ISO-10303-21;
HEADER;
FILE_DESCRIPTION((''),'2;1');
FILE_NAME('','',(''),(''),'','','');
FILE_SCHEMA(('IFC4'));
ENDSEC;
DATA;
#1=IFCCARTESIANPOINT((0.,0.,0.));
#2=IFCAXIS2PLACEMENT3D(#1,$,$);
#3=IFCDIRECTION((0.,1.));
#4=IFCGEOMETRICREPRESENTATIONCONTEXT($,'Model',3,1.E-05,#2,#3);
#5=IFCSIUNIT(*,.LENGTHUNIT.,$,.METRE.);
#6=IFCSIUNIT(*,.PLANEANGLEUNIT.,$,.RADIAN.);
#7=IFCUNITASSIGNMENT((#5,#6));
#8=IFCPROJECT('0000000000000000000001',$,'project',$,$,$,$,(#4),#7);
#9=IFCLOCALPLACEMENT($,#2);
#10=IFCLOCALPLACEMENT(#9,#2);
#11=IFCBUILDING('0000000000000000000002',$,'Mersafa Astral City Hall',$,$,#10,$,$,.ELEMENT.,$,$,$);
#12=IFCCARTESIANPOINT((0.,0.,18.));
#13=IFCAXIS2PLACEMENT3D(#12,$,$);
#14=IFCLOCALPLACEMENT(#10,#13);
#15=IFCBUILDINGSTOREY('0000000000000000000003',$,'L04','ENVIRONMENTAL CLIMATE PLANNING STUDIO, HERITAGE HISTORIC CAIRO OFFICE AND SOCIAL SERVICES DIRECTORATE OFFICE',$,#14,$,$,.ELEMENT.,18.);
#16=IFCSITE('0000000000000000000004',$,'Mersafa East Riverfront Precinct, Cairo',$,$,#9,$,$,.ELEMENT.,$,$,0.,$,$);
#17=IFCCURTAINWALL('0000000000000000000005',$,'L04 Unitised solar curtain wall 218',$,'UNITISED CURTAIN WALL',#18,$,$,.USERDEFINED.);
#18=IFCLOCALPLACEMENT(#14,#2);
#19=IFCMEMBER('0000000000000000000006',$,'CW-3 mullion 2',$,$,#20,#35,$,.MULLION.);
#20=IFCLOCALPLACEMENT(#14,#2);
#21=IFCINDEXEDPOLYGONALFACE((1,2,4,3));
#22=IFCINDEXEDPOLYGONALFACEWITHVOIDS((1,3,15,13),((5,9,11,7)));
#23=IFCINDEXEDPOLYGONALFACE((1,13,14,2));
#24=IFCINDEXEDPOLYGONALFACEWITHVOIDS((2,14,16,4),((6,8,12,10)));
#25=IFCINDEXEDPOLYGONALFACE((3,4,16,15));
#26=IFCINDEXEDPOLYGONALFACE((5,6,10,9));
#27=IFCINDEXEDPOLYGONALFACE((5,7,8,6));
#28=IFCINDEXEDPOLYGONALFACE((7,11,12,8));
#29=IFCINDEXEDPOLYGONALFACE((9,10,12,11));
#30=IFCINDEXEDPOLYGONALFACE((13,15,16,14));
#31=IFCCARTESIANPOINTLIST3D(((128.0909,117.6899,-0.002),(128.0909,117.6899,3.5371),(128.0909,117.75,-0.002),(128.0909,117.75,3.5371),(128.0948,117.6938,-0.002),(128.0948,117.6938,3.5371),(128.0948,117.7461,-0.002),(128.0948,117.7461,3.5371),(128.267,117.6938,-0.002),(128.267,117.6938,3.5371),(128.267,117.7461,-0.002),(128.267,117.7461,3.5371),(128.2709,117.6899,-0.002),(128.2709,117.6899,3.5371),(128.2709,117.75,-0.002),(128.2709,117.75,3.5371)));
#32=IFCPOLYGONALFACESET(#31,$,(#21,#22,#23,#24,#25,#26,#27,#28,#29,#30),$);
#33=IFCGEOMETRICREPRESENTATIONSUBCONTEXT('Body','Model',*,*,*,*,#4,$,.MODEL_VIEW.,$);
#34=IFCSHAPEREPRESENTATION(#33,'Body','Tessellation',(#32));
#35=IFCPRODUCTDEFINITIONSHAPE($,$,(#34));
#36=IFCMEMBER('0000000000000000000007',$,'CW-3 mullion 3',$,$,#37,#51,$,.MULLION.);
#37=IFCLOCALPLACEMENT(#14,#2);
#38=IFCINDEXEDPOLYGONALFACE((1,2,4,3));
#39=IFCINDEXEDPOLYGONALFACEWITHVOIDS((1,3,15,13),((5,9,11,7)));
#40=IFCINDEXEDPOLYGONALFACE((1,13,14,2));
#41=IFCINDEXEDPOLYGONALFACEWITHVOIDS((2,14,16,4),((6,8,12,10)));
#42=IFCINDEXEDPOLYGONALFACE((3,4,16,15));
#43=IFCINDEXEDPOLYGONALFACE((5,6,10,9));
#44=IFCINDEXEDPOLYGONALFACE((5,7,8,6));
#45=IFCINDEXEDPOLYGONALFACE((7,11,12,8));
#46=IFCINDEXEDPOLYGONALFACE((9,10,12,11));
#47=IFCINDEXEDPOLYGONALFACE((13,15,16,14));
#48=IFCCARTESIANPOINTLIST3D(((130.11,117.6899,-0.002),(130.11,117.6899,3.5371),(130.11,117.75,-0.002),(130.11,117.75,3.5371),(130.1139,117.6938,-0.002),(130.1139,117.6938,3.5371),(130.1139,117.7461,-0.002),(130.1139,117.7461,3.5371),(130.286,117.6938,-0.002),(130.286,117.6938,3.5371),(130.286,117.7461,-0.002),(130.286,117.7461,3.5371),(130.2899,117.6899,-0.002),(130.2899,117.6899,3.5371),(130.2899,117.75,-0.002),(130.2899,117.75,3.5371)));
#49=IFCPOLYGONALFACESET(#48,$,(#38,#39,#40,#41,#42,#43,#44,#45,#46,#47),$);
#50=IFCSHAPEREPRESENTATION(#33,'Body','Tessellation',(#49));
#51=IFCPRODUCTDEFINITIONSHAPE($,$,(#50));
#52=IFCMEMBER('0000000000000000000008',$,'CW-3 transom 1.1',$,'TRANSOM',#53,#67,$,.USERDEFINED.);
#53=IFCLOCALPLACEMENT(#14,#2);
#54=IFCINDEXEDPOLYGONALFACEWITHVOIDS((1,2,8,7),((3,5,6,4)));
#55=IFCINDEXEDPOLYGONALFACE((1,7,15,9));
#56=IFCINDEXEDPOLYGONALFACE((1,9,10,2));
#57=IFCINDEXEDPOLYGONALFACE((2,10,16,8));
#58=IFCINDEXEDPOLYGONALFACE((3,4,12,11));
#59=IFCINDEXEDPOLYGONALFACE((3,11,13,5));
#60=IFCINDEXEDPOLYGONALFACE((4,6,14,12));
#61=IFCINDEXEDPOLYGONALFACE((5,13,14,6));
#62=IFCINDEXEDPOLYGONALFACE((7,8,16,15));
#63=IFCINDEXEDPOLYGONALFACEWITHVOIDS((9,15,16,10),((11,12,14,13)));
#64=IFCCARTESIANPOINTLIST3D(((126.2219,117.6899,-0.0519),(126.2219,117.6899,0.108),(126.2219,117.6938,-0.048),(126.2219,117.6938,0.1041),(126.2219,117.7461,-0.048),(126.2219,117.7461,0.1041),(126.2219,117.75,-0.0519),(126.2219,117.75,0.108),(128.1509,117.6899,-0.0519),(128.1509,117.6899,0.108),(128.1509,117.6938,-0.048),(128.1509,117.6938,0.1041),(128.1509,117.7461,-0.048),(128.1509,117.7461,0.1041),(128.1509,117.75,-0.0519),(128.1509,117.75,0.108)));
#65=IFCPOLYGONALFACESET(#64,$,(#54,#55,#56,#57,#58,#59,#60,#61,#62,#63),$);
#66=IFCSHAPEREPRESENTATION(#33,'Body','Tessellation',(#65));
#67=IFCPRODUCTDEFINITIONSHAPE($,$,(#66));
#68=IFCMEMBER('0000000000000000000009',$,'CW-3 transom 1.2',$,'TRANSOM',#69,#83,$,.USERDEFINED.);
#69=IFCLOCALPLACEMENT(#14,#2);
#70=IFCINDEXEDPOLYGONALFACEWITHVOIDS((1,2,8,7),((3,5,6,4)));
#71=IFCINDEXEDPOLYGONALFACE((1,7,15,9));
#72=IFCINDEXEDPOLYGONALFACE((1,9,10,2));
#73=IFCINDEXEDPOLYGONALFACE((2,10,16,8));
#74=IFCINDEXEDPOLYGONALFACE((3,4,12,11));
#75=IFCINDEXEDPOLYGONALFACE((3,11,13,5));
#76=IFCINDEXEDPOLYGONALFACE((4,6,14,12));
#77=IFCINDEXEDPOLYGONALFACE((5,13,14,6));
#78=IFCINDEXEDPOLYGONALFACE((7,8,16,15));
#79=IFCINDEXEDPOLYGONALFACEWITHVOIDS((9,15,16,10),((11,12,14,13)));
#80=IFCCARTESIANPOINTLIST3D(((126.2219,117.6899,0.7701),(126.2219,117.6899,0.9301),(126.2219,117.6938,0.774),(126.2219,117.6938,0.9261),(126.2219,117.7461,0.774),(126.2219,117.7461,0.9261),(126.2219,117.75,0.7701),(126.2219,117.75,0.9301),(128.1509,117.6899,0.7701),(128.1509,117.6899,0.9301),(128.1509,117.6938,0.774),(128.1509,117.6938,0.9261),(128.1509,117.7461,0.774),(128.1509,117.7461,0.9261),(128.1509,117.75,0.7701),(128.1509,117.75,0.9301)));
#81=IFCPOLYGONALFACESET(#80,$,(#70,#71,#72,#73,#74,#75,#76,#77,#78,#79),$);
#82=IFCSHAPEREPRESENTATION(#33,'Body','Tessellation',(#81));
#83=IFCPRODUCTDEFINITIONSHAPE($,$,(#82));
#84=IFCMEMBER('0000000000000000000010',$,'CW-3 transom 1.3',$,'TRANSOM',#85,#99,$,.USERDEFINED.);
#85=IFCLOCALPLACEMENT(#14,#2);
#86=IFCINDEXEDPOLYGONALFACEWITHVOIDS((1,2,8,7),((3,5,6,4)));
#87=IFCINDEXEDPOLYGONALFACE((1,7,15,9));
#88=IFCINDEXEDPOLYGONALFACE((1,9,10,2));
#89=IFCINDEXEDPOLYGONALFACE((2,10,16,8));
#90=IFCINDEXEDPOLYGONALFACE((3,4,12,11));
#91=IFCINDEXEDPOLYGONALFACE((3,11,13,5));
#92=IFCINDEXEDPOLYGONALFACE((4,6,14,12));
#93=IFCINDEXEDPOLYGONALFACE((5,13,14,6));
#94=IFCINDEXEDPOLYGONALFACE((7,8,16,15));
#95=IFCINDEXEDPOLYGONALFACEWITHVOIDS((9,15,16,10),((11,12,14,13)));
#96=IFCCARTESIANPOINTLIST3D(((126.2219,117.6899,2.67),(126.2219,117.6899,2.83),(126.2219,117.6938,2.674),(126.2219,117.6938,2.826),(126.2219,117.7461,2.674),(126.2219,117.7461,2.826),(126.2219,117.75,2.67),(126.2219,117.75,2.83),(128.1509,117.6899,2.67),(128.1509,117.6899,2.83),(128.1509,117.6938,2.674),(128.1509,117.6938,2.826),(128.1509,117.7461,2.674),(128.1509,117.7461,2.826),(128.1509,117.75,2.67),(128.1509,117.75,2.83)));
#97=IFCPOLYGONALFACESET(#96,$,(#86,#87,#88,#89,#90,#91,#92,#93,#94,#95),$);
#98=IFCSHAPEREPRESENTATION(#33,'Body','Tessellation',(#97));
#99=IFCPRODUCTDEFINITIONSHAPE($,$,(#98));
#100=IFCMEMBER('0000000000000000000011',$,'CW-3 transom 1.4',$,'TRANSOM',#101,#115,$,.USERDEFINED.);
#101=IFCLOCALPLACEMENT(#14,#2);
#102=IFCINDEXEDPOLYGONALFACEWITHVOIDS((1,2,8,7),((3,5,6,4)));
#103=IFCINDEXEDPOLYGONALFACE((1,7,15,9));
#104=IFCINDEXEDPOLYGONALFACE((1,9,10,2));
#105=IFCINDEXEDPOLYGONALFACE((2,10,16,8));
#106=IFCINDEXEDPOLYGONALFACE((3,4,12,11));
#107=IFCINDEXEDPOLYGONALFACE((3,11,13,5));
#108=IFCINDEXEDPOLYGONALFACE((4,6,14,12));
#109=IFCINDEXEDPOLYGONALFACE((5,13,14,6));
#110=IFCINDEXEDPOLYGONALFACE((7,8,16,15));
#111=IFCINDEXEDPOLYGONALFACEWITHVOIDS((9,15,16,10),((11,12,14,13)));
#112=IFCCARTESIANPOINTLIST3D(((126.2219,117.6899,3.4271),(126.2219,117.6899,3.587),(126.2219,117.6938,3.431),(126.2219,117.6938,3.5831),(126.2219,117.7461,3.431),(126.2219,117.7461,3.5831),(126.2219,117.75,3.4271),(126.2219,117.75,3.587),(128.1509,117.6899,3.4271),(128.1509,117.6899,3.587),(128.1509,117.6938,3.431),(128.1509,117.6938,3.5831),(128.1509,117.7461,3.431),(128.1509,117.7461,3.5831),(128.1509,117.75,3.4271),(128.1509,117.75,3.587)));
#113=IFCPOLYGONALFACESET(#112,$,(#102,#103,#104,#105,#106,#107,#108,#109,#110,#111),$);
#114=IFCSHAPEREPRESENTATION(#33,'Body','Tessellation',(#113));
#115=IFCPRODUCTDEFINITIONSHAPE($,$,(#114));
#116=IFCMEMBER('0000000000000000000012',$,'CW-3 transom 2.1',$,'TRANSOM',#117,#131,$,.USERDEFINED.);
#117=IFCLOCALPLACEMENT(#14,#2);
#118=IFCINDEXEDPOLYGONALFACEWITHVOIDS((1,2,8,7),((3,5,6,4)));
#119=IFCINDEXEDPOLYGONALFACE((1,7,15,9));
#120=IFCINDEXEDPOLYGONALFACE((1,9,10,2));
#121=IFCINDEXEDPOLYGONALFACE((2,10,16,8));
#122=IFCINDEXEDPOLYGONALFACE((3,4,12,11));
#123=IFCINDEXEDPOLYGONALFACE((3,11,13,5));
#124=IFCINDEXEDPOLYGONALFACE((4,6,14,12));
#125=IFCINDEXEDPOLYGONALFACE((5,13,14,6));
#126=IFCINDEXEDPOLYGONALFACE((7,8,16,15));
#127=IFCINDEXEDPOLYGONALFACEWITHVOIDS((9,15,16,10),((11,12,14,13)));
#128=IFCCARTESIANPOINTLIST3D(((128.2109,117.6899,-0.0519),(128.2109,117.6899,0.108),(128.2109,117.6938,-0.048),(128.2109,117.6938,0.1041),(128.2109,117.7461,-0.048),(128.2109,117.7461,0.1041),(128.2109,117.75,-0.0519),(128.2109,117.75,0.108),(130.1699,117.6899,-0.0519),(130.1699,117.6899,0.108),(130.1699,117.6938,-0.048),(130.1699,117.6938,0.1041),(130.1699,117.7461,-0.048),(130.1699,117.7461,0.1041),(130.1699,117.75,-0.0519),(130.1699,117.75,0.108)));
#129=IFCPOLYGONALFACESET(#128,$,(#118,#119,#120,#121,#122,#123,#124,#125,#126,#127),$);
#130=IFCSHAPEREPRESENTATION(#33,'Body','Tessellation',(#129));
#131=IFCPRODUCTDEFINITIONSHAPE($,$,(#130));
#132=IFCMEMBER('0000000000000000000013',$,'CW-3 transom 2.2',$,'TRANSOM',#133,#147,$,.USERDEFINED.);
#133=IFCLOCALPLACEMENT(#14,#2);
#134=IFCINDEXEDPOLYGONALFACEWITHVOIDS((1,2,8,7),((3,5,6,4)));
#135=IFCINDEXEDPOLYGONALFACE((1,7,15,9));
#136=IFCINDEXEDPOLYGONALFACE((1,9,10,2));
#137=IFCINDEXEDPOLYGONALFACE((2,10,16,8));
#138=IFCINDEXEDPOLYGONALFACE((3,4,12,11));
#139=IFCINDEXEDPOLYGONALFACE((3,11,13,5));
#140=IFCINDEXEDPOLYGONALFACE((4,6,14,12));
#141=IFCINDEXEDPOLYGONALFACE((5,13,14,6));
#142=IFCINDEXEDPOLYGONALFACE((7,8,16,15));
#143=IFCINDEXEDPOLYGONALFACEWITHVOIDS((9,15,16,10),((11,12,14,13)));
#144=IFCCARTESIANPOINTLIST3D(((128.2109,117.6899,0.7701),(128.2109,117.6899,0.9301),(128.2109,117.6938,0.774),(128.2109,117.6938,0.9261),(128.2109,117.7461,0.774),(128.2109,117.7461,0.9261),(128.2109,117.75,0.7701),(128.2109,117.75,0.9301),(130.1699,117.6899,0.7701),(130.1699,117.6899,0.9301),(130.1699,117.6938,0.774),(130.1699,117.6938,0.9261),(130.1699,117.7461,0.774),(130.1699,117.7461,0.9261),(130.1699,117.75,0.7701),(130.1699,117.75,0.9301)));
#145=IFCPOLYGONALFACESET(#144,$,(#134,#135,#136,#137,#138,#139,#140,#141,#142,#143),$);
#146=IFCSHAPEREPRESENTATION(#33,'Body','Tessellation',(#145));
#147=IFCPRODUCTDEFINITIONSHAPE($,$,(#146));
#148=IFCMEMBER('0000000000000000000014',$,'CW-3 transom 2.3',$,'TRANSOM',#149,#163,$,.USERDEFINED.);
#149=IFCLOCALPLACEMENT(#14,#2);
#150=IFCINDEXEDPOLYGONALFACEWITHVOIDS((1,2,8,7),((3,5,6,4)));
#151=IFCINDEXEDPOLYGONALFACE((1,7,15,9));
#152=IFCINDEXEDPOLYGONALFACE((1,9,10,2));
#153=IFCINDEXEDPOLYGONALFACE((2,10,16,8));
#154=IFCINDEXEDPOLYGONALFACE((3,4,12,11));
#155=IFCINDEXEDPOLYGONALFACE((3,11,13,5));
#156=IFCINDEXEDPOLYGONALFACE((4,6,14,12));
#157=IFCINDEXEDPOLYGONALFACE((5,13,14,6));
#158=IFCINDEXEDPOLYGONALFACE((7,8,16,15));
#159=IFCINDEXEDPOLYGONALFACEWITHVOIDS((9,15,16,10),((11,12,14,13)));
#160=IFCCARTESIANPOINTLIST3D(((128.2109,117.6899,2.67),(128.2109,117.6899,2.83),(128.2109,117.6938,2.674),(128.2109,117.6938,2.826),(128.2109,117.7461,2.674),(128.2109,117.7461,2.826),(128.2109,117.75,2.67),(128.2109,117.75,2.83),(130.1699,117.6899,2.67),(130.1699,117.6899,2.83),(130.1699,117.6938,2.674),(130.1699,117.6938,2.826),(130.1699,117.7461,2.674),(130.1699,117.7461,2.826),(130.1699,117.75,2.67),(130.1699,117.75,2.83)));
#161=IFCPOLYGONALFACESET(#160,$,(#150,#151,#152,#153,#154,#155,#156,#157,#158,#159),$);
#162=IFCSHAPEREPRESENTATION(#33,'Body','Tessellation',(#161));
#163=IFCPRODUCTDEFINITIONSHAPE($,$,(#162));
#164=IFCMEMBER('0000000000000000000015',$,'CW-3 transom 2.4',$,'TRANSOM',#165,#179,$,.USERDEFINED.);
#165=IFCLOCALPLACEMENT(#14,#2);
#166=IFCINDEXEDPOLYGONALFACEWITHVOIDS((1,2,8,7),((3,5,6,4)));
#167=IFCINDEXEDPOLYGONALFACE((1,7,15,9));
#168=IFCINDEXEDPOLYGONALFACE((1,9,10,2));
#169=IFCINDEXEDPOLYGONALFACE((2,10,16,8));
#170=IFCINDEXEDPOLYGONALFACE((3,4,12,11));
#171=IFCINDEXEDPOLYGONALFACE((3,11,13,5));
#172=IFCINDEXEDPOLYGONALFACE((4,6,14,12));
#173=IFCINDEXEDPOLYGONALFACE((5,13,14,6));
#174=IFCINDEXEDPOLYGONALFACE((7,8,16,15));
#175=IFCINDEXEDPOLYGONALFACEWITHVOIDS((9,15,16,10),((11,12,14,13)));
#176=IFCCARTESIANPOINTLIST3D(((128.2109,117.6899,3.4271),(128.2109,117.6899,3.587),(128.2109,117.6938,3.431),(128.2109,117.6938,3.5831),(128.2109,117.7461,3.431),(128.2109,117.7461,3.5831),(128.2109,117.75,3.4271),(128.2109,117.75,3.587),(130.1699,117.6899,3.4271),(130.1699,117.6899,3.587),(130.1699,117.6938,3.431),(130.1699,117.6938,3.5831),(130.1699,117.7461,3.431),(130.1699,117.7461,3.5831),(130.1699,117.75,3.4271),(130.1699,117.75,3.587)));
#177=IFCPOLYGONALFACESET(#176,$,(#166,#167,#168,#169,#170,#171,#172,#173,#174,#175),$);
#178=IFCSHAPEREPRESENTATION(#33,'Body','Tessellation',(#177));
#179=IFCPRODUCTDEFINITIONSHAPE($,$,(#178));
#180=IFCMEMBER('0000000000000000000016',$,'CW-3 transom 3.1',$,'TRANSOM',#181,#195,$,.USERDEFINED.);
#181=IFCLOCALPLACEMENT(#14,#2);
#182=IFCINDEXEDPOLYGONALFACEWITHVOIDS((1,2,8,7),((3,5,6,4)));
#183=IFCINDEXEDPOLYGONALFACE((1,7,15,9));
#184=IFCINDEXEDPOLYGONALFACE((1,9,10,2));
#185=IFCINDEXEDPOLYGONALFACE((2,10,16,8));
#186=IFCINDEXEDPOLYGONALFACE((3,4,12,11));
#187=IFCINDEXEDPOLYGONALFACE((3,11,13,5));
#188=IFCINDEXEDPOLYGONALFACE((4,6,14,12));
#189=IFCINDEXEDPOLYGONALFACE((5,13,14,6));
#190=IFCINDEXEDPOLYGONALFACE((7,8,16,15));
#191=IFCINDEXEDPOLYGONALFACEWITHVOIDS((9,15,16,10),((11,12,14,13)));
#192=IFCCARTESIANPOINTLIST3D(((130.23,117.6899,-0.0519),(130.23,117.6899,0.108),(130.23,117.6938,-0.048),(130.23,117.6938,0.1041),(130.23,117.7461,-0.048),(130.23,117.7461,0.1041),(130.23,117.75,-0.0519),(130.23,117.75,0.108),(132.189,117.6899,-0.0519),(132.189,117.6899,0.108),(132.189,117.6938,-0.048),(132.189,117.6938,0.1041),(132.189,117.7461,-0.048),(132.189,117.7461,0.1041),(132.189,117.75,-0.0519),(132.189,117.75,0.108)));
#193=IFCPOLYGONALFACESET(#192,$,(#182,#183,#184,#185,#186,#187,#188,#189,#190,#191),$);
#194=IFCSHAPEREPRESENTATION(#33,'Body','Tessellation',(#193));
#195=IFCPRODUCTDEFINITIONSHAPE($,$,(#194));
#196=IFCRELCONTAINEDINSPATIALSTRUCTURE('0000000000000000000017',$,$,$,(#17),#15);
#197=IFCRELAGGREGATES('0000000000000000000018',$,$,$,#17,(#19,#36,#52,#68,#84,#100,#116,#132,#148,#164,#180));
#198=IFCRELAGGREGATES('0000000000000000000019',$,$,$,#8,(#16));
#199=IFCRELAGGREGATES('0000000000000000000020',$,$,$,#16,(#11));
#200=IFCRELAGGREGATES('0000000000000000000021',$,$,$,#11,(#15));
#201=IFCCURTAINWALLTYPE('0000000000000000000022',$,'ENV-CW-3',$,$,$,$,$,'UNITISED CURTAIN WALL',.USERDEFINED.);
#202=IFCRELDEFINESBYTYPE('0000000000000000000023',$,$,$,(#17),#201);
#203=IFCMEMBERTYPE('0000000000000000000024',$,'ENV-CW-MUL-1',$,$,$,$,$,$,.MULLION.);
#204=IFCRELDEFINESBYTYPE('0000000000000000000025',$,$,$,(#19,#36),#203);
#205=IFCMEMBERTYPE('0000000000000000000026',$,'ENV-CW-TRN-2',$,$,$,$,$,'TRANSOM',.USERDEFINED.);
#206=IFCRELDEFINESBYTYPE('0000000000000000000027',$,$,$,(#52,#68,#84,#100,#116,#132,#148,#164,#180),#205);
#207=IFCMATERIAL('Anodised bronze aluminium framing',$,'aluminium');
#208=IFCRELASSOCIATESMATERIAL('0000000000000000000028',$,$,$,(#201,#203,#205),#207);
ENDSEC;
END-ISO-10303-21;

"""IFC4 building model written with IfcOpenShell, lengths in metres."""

from ifc_helpers import new_model, si_unit, direction, frame, origin, origin_2d, place, context, subcontext, project, spatial, hollow_rectangle, extrude, material, material_profile, profile_set, type_object, element, aggregate, save


model = new_model("IFC4")

# Units and contexts
model_context = context("Model", 3, precision=1e-05, world=origin(), true_north=direction((0.0, 1.0)))
body_context = subcontext(model_context, "Body", "Model", "MODEL_VIEW")
ifc_project = project(units=[si_unit("LENGTHUNIT", "METRE"), si_unit("PLANEANGLEUNIT", "RADIAN")], contexts=[model_context])

# Site, building, storey
site_placement = place(None, origin())
site = spatial("IfcSite", under=ifc_project, at=site_placement, Name="Mersafa East Riverfront Precinct, Cairo", CompositionType="ELEMENT", RefElevation=0.0)
building_placement = place(site_placement, origin())
building = spatial("IfcBuilding", under=site, at=building_placement, Name="Mersafa Astral City Hall", CompositionType="ELEMENT")
storey_placement = place(building_placement, frame((0.0, 0.0, 18.0)))
storey = spatial("IfcBuildingStorey", under=building, at=storey_placement, Name="L04", Description="ENVIRONMENTAL CLIMATE PLANNING STUDIO, HERITAGE HISTORIC CAIRO OFFICE AND SOCIAL SERVICES DIRECTORATE OFFICE", CompositionType="ELEMENT", Elevation=18.0)

# Curtain wall, members
ifc_material_1 = material(Name="Anodised bronze aluminium framing", Category="aluminium")
curtain_wall_type = type_object("IfcCurtainWallType", Name="ENV-CW-3", ElementType="UNITISED CURTAIN WALL", PredefinedType="USERDEFINED", material=ifc_material_1)
curtain_wall_placement = place(storey_placement, origin())
curtain_wall = element("IfcCurtainWall", 1, at=curtain_wall_placement, inside=storey, type_object=curtain_wall_type, Name="L04 Unitised solar curtain wall 218", ObjectType="UNITISED CURTAIN WALL", PredefinedType="USERDEFINED")
ifc_material_profile_1 = material_profile(ifc_material_1, hollow_rectangle(XDim=0.0601, YDim=0.1799, WallThickness=0.0039, at=origin_2d()), Name="RHS 60x180x4")
ifc_profile_set_1 = profile_set([ifc_material_profile_1], Name="Anodised bronze aluminium framing")
member_type_1 = type_object("IfcMemberType", Name="ENV-CW-MUL-1", PredefinedType="MULLION", material=ifc_profile_set_1)
member_1_placement = place(storey_placement, frame((128.1809, 117.72, -0.002), z_axis=(0.0, 0.0, 1.0), x_axis=(0.0, 1.0, 0.0)))
member_1 = element("IfcMember", 2, at=member_1_placement, type_object=member_type_1, Name="CW-3 mullion 2", PredefinedType="MULLION", context=body_context, shape_type="SweptSolid", body=[
    extrude(hollow_rectangle(XDim=0.0601, YDim=0.1799, WallThickness=0.0039, at=origin_2d()), origin(), (0.0, 0.0, 1.0), 3.5391),
])
member_2_placement = place(storey_placement, frame((130.2, 117.72, -0.002), z_axis=(0.0, 0.0, 1.0), x_axis=(0.0, 1.0, 0.0)))
member_2 = element("IfcMember", 3, at=member_2_placement, type_object=member_type_1, Name="CW-3 mullion 3", PredefinedType="MULLION", context=body_context, shape_type="SweptSolid", body=[
    extrude(hollow_rectangle(XDim=0.0601, YDim=0.1799, WallThickness=0.0039, at=origin_2d()), origin(), (0.0, 0.0, 1.0), 3.5391),
])
ifc_material_profile_2 = material_profile(ifc_material_1, hollow_rectangle(XDim=0.0601, YDim=0.1599, WallThickness=0.0039, at=origin_2d()), Name="RHS 60x160x4")
ifc_profile_set_2 = profile_set([ifc_material_profile_2], Name="Anodised bronze aluminium framing")
member_type_2 = type_object("IfcMemberType", Name="ENV-CW-TRN-2", ElementType="TRANSOM", PredefinedType="USERDEFINED", material=ifc_profile_set_2)
member_3_placement = place(storey_placement, frame((126.2219, 117.72, 0.0281), z_axis=(1.0, 0.0, 0.0), x_axis=(0.0, 1.0, 0.0)))
member_3 = element("IfcMember", 4, at=member_3_placement, type_object=member_type_2, Name="CW-3 transom 1.1", ObjectType="TRANSOM", PredefinedType="USERDEFINED", context=body_context, shape_type="SweptSolid", body=[
    extrude(hollow_rectangle(XDim=0.0601, YDim=0.1599, WallThickness=0.0039, at=origin_2d()), origin(), (0.0, 0.0, 1.0), 1.929),
])
member_4_placement = place(storey_placement, frame((126.2219, 117.72, 0.8501), z_axis=(1.0, 0.0, 0.0), x_axis=(0.0, 1.0, 0.0)))
member_4 = element("IfcMember", 5, at=member_4_placement, type_object=member_type_2, Name="CW-3 transom 1.2", ObjectType="TRANSOM", PredefinedType="USERDEFINED", context=body_context, shape_type="SweptSolid", body=[
    extrude(hollow_rectangle(XDim=0.0601, YDim=0.1599, WallThickness=0.0039, at=origin_2d()), origin(), (0.0, 0.0, 1.0), 1.929),
])
member_5_placement = place(storey_placement, frame((126.2219, 117.72, 2.75), z_axis=(1.0, 0.0, 0.0), x_axis=(0.0, 1.0, 0.0)))
member_5 = element("IfcMember", 6, at=member_5_placement, type_object=member_type_2, Name="CW-3 transom 1.3", ObjectType="TRANSOM", PredefinedType="USERDEFINED", context=body_context, shape_type="SweptSolid", body=[
    extrude(hollow_rectangle(XDim=0.0601, YDim=0.1599, WallThickness=0.0039, at=origin_2d()), origin(), (0.0, 0.0, 1.0), 1.929),
])
member_6_placement = place(storey_placement, frame((126.2219, 117.72, 3.5071), z_axis=(1.0, 0.0, 0.0), x_axis=(0.0, 1.0, 0.0)))
member_6 = element("IfcMember", 7, at=member_6_placement, type_object=member_type_2, Name="CW-3 transom 1.4", ObjectType="TRANSOM", PredefinedType="USERDEFINED", context=body_context, shape_type="SweptSolid", body=[
    extrude(hollow_rectangle(XDim=0.0601, YDim=0.1599, WallThickness=0.0039, at=origin_2d()), origin(), (0.0, 0.0, 1.0), 1.929),
])
member_7_placement = place(storey_placement, frame((128.2109, 117.72, 0.0281), z_axis=(1.0, 0.0, 0.0), x_axis=(0.0, 1.0, 0.0)))
member_7 = element("IfcMember", 8, at=member_7_placement, type_object=member_type_2, Name="CW-3 transom 2.1", ObjectType="TRANSOM", PredefinedType="USERDEFINED", context=body_context, shape_type="SweptSolid", body=[
    extrude(hollow_rectangle(XDim=0.0601, YDim=0.1599, WallThickness=0.0039, at=origin_2d()), origin(), (0.0, 0.0, 1.0), 1.959),
])
member_8_placement = place(storey_placement, frame((128.2109, 117.72, 0.8501), z_axis=(1.0, 0.0, 0.0), x_axis=(0.0, 1.0, 0.0)))
member_8 = element("IfcMember", 9, at=member_8_placement, type_object=member_type_2, Name="CW-3 transom 2.2", ObjectType="TRANSOM", PredefinedType="USERDEFINED", context=body_context, shape_type="SweptSolid", body=[
    extrude(hollow_rectangle(XDim=0.0601, YDim=0.1599, WallThickness=0.0039, at=origin_2d()), origin(), (0.0, 0.0, 1.0), 1.959),
])
member_9_placement = place(storey_placement, frame((128.2109, 117.72, 2.75), z_axis=(1.0, 0.0, 0.0), x_axis=(0.0, 1.0, 0.0)))
member_9 = element("IfcMember", 10, at=member_9_placement, type_object=member_type_2, Name="CW-3 transom 2.3", ObjectType="TRANSOM", PredefinedType="USERDEFINED", context=body_context, shape_type="SweptSolid", body=[
    extrude(hollow_rectangle(XDim=0.0601, YDim=0.1599, WallThickness=0.0039, at=origin_2d()), origin(), (0.0, 0.0, 1.0), 1.959),
])
member_10_placement = place(storey_placement, frame((128.2109, 117.72, 3.5071), z_axis=(1.0, 0.0, 0.0), x_axis=(0.0, 1.0, 0.0)))
member_10 = element("IfcMember", 11, at=member_10_placement, type_object=member_type_2, Name="CW-3 transom 2.4", ObjectType="TRANSOM", PredefinedType="USERDEFINED", context=body_context, shape_type="SweptSolid", body=[
    extrude(hollow_rectangle(XDim=0.0601, YDim=0.1599, WallThickness=0.0039, at=origin_2d()), origin(), (0.0, 0.0, 1.0), 1.959),
])
member_11_placement = place(storey_placement, frame((130.23, 117.72, 0.0281), z_axis=(1.0, 0.0, 0.0), x_axis=(0.0, 1.0, 0.0)))
member_11 = element("IfcMember", 12, at=member_11_placement, type_object=member_type_2, Name="CW-3 transom 3.1", ObjectType="TRANSOM", PredefinedType="USERDEFINED", context=body_context, shape_type="SweptSolid", body=[
    extrude(hollow_rectangle(XDim=0.0601, YDim=0.1599, WallThickness=0.0039, at=origin_2d()), origin(), (0.0, 0.0, 1.0), 1.959),
])

aggregate(curtain_wall, [member_1, member_2, member_3, member_4, member_5, member_6, member_7, member_8, member_9, member_10, member_11])

save(model, "model.ifc")
